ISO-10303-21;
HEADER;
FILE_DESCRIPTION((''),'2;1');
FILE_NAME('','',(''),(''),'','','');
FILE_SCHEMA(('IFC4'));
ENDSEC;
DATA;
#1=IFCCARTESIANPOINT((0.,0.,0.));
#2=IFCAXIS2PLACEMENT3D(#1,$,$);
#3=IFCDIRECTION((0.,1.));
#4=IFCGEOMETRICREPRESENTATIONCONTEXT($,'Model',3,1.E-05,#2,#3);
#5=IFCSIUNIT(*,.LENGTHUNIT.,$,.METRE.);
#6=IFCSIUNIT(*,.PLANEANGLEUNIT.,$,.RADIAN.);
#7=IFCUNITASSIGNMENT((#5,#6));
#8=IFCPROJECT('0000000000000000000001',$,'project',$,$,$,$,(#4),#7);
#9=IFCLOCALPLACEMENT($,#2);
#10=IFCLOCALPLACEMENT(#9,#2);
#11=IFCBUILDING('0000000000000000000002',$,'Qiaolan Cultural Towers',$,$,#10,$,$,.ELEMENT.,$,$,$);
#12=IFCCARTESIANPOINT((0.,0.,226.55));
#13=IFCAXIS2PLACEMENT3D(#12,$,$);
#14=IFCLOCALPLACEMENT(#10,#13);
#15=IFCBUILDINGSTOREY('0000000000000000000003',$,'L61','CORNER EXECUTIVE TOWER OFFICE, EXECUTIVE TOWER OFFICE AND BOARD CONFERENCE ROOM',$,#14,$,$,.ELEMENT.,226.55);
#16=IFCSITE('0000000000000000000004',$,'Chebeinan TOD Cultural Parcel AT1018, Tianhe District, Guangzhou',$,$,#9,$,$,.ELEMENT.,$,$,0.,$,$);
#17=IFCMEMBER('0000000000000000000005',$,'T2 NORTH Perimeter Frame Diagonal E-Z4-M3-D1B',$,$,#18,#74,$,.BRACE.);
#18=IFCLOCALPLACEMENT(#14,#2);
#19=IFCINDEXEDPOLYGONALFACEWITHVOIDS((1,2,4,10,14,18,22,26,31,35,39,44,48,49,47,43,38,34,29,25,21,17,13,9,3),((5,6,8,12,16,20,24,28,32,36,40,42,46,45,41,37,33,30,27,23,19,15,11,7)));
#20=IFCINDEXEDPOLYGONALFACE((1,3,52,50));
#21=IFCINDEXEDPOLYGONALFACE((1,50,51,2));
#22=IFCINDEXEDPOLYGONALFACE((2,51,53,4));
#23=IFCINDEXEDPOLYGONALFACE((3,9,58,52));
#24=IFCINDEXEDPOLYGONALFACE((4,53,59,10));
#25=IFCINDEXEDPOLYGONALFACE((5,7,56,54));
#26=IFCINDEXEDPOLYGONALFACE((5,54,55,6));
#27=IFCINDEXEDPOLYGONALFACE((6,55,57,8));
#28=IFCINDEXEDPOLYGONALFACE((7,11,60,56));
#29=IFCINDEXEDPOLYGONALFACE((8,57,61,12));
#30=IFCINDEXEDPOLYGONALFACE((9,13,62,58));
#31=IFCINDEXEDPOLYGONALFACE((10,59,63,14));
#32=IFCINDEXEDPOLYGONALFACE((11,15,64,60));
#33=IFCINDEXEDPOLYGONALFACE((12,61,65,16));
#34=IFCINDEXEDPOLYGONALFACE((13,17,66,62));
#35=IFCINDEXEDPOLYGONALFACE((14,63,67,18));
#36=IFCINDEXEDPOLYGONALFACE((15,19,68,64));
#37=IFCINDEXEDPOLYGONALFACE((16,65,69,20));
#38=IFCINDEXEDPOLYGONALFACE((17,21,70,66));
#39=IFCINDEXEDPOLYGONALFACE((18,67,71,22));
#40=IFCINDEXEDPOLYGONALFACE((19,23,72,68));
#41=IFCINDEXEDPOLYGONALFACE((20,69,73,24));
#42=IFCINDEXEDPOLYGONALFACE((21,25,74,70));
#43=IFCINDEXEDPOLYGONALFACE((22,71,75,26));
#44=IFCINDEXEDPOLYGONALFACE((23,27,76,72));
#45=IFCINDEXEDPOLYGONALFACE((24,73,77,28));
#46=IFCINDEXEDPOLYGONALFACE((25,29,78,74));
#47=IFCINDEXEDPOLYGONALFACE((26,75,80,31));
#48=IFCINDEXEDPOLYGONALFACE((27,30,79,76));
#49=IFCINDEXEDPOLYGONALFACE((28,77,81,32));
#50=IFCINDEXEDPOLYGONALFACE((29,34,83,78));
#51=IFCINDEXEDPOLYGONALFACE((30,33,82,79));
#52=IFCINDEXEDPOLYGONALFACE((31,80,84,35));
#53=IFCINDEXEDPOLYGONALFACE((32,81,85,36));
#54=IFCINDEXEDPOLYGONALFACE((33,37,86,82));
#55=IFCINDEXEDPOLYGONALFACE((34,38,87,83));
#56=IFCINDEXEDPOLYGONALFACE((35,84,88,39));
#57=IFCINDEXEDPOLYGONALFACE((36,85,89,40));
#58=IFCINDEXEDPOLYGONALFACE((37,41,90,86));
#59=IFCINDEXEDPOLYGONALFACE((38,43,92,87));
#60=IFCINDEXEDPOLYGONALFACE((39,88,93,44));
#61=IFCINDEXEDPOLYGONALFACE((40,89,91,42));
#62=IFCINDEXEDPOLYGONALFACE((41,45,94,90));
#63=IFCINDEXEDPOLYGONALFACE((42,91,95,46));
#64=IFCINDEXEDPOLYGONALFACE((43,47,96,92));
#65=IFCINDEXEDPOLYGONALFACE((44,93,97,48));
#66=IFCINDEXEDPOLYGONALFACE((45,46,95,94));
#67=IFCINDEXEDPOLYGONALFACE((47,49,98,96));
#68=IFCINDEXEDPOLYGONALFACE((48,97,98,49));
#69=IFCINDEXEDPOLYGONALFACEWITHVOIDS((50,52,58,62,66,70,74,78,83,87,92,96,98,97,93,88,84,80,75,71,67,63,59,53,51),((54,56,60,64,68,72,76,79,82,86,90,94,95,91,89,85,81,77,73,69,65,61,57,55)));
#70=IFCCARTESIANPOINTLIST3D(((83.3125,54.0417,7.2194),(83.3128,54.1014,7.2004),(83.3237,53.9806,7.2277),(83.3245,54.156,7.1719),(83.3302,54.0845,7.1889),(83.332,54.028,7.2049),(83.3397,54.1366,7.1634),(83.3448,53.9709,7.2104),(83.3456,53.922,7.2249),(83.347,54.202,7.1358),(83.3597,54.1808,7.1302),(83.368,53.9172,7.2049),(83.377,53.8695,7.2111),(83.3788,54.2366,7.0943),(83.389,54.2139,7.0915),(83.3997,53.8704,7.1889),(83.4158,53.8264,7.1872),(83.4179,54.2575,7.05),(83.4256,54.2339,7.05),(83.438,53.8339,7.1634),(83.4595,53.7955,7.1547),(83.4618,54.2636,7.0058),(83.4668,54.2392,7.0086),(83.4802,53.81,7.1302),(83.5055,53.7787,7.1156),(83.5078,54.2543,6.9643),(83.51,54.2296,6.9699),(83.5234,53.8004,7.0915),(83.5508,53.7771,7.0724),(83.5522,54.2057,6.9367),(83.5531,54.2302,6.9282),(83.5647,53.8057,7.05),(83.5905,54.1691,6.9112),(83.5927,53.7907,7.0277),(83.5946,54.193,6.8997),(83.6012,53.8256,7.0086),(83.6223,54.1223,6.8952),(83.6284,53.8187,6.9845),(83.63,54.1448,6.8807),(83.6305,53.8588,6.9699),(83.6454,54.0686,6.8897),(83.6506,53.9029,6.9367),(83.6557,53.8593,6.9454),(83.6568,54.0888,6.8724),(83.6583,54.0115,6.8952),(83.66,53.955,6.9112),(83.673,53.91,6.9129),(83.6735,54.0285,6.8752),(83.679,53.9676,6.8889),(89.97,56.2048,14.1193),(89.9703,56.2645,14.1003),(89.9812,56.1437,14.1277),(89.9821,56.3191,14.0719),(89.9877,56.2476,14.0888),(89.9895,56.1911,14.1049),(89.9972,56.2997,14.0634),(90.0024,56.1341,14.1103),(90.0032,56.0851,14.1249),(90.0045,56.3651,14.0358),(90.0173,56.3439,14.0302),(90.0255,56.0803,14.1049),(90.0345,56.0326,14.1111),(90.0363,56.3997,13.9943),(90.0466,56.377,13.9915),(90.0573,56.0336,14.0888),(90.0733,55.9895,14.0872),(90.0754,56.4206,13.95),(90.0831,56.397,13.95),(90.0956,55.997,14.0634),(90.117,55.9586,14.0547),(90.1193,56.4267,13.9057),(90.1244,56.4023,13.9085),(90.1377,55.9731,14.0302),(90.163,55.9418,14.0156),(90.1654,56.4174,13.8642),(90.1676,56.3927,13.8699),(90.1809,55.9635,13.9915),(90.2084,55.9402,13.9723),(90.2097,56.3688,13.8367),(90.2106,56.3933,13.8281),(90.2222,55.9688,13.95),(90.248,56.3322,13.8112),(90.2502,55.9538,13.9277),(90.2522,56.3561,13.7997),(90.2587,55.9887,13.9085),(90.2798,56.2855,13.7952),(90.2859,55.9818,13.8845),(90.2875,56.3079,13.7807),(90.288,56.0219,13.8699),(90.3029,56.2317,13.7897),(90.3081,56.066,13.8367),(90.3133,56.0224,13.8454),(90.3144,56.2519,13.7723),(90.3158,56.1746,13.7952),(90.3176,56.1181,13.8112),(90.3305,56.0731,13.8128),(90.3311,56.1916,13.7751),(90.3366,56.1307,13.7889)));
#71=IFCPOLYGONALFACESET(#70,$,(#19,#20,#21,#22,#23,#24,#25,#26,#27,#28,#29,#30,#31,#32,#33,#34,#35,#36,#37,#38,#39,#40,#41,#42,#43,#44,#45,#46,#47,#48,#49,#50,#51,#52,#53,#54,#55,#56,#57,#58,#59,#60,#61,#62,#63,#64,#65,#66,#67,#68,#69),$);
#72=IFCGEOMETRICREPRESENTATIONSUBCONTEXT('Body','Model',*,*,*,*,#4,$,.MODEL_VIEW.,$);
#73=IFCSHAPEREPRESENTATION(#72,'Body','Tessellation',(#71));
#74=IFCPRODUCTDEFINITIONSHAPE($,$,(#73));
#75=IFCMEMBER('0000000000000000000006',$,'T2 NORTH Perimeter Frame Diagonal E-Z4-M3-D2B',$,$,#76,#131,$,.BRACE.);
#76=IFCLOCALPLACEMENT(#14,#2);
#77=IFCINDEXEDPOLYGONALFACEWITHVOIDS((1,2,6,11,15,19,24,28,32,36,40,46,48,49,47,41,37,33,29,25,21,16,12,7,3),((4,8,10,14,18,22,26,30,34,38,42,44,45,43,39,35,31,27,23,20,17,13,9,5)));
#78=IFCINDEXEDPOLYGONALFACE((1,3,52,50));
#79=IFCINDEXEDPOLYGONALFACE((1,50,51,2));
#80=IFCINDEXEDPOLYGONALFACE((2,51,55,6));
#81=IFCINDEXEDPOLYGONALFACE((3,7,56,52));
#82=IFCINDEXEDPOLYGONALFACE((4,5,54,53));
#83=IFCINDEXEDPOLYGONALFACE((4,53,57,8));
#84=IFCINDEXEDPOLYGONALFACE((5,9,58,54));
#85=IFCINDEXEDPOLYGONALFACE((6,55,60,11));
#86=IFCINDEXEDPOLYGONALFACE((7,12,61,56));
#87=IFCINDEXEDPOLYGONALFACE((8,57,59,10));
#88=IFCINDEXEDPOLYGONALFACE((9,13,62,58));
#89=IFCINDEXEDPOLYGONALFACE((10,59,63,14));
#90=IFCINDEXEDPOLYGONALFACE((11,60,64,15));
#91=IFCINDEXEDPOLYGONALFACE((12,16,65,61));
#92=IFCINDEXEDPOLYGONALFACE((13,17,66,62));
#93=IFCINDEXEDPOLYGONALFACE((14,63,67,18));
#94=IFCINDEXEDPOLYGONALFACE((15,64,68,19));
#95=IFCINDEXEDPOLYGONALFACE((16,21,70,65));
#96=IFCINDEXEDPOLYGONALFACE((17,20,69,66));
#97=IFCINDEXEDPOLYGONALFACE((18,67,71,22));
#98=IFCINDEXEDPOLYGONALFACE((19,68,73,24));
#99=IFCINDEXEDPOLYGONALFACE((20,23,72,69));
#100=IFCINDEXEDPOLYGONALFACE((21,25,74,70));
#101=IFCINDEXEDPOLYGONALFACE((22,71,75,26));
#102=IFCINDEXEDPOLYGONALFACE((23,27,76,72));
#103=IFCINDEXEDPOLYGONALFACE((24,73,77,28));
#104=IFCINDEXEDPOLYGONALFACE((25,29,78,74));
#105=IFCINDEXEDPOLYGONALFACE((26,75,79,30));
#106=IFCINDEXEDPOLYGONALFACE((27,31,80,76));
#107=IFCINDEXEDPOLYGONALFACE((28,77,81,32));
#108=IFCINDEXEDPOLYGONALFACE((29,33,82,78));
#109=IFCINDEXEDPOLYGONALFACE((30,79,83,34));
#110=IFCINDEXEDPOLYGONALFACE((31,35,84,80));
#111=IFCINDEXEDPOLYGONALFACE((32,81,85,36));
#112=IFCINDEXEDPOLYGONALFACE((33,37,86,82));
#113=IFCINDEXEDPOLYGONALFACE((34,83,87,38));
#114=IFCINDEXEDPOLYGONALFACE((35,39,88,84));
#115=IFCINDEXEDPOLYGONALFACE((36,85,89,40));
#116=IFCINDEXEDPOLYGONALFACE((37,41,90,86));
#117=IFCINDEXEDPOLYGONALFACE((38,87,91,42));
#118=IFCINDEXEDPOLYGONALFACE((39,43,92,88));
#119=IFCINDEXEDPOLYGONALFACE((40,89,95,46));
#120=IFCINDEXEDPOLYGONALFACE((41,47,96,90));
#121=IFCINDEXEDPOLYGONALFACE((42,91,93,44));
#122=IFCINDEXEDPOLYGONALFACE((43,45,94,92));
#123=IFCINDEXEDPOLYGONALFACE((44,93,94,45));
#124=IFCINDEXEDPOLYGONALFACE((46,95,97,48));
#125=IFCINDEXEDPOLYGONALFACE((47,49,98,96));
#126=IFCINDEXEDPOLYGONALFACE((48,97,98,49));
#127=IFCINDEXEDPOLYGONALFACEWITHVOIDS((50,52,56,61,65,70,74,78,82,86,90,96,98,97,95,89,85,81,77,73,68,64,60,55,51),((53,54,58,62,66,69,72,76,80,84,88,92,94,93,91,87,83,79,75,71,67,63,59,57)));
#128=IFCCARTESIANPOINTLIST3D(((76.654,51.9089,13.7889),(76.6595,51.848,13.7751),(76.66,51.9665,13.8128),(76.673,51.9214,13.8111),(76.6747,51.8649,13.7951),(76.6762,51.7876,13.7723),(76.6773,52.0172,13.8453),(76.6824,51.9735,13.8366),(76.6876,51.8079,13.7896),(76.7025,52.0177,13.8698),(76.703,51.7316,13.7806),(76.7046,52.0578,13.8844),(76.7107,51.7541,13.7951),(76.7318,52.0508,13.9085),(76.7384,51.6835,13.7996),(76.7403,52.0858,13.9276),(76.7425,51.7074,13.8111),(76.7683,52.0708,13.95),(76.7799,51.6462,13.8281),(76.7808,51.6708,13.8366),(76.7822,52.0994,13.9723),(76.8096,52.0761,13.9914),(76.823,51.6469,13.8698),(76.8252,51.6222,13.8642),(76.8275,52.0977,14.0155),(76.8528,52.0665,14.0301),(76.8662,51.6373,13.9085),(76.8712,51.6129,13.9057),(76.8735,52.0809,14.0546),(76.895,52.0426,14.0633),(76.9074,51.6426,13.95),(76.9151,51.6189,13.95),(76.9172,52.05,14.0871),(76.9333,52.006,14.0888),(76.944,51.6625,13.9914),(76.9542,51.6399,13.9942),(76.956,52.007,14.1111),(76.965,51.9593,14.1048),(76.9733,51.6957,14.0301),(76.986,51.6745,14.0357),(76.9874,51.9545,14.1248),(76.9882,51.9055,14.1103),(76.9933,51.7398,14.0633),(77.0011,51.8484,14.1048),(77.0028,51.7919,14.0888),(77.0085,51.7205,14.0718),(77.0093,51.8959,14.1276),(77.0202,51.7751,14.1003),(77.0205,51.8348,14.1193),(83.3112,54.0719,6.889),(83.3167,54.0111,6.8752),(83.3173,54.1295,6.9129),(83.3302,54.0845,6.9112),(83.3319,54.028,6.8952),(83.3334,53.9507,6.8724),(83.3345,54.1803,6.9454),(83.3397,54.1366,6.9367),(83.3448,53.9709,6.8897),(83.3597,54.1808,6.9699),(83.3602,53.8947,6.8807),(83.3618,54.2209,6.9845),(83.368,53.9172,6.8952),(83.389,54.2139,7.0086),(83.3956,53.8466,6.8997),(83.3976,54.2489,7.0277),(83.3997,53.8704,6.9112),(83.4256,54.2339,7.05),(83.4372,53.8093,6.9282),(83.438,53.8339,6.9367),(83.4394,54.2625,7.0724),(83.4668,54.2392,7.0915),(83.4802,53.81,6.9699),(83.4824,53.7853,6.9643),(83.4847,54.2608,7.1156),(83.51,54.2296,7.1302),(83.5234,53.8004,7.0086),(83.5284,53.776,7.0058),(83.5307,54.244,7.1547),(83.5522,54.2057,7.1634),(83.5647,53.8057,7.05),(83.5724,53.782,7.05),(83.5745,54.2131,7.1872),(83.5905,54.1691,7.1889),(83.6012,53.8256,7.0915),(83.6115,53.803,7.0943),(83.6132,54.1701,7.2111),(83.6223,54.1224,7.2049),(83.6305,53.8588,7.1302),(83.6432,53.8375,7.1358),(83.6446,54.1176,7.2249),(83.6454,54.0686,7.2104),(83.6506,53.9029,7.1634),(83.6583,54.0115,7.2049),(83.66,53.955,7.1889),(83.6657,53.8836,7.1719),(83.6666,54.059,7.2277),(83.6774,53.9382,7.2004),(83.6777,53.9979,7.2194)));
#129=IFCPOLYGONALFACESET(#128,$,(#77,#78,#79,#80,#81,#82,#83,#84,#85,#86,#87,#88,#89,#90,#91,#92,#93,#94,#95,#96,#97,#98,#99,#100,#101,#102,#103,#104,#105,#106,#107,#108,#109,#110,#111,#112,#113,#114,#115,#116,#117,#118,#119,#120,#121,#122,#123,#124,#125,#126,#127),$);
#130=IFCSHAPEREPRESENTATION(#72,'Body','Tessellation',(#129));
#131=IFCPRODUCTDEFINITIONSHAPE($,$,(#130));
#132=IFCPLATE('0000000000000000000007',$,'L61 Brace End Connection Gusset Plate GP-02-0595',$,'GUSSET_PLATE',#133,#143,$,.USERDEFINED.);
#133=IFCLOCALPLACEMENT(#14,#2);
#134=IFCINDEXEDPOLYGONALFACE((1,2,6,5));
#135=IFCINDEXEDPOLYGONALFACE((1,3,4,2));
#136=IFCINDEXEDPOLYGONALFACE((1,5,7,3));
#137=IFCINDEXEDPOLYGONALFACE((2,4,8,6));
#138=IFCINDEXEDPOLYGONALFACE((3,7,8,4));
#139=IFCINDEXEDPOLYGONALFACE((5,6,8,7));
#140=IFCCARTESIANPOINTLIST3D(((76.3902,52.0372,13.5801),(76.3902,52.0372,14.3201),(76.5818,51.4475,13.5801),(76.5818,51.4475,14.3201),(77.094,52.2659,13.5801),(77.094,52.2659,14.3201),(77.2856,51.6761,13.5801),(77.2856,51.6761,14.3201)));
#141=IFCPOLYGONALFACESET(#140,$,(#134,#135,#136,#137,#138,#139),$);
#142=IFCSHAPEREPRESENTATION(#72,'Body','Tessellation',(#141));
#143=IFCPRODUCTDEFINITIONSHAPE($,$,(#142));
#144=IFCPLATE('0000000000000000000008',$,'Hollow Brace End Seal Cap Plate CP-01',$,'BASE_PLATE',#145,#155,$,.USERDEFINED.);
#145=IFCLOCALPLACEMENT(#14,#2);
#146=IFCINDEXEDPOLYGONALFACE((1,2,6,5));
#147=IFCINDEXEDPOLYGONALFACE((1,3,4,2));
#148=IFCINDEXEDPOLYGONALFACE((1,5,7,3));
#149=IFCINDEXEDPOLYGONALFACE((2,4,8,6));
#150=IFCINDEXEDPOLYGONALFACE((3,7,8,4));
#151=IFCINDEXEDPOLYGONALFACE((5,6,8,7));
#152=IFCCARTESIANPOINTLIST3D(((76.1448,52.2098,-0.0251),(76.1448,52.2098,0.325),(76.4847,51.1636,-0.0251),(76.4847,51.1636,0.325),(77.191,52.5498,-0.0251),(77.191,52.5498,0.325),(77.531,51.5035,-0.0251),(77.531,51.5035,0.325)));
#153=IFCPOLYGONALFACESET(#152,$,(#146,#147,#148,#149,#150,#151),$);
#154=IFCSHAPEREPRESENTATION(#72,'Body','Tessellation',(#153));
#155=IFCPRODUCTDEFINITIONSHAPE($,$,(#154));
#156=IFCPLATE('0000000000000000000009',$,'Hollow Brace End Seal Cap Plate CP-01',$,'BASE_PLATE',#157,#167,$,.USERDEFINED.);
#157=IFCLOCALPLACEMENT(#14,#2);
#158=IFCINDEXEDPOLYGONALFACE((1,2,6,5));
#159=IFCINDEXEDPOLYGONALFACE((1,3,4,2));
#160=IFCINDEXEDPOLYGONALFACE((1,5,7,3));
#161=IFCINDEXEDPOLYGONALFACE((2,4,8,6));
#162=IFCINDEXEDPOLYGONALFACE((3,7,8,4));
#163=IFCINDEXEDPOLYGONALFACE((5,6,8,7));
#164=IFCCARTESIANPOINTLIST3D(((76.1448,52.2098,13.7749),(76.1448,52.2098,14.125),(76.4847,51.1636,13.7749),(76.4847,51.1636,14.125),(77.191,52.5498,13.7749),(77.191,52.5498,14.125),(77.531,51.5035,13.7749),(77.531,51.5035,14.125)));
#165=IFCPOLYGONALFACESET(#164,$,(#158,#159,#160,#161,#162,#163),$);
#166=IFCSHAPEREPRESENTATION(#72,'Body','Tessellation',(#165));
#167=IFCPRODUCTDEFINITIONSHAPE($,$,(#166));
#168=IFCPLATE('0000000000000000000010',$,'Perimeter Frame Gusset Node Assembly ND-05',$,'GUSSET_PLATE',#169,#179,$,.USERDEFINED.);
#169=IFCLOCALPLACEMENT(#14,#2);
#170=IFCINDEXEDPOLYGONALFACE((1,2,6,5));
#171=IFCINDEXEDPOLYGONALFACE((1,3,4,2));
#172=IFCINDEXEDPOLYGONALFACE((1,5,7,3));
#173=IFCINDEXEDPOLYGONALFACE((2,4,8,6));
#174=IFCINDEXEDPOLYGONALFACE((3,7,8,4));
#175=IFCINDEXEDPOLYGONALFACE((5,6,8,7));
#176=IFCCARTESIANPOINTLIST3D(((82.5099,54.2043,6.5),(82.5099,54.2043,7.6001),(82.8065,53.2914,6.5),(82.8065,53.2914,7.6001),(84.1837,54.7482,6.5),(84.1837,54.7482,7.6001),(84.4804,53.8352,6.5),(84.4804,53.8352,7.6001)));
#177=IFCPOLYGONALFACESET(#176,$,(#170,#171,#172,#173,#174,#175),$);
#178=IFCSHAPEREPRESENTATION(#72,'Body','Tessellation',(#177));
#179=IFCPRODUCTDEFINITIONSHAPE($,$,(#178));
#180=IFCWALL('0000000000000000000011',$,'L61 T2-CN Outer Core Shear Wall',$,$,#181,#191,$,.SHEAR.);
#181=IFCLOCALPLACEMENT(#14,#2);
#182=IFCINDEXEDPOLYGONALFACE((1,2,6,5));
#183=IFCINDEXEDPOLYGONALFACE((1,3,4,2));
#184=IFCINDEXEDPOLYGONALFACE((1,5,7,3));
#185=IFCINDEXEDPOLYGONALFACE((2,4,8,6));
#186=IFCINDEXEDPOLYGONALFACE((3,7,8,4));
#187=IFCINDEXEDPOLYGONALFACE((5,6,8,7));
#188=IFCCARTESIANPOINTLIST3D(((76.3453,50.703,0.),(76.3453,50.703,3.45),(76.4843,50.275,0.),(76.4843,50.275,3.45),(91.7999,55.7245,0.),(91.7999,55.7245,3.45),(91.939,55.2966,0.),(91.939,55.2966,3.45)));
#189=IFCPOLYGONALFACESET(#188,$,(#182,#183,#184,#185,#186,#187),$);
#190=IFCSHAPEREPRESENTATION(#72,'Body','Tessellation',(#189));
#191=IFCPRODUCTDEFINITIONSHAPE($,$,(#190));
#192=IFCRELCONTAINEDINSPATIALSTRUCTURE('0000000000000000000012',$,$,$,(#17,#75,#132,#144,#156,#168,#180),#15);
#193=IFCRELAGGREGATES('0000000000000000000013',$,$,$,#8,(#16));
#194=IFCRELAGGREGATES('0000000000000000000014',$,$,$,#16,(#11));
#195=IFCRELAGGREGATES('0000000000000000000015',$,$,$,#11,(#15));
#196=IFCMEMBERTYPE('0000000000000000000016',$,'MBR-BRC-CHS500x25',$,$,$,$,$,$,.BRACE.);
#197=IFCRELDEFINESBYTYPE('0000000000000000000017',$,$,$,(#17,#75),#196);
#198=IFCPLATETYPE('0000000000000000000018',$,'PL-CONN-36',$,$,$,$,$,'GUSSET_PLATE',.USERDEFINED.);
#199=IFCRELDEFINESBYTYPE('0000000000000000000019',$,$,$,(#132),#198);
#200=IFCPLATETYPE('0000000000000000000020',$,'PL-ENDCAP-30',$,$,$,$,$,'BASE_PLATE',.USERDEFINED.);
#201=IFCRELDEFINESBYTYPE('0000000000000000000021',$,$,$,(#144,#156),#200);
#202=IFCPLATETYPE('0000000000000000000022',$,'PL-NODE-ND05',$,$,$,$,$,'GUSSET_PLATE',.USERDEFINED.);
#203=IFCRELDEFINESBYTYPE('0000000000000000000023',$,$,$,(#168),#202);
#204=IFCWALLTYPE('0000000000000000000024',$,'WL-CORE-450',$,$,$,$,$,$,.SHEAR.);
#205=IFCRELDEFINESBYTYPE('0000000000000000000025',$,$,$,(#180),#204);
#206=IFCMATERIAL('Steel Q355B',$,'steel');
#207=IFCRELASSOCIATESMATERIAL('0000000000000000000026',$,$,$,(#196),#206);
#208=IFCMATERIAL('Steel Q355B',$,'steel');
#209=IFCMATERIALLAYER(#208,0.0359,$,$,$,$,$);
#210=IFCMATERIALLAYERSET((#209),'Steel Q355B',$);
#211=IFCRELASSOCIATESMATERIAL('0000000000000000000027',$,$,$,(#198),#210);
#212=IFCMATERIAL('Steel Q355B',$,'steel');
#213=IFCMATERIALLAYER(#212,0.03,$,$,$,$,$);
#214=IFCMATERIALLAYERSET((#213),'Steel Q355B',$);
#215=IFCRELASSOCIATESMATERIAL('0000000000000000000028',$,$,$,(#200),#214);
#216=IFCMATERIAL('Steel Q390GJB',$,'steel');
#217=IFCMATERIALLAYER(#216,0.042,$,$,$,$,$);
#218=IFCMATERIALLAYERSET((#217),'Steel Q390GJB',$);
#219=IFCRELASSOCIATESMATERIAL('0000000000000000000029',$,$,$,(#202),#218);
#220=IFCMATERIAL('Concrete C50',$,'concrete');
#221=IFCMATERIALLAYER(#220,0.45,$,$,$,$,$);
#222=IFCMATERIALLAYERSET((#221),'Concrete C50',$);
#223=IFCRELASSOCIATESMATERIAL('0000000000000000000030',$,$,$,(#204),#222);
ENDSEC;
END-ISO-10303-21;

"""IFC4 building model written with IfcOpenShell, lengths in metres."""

from ifc_helpers import new_model, si_unit, direction, frame, frame_2d, origin, origin_2d, place, context, subcontext, project, spatial, rectangle, hollow_circle, extrude, material, layer, layer_set, material_profile, profile_set, type_object, element, save


model = new_model("IFC4")

# Units and contexts
model_context = context("Model", 3, precision=1e-05, world=origin(), true_north=direction((0.0, 1.0)))
body_context = subcontext(model_context, "Body", "Model", "MODEL_VIEW")
ifc_project = project(units=[si_unit("LENGTHUNIT", "METRE"), si_unit("PLANEANGLEUNIT", "RADIAN")], contexts=[model_context])

# Site, building, storey
site_placement = place(None, origin())
site = spatial("IfcSite", under=ifc_project, at=site_placement, Name="Chebeinan TOD Cultural Parcel AT1018, Tianhe District, Guangzhou", CompositionType="ELEMENT", RefElevation=0.0)
building_placement = place(site_placement, origin())
building = spatial("IfcBuilding", under=site, at=building_placement, Name="Qiaolan Cultural Towers", CompositionType="ELEMENT")
storey_placement = place(building_placement, frame((0.0, 0.0, 226.55)))
storey = spatial("IfcBuildingStorey", under=building, at=storey_placement, Name="L61", Description="CORNER EXECUTIVE TOWER OFFICE, EXECUTIVE TOWER OFFICE AND BOARD CONFERENCE ROOM", CompositionType="ELEMENT", Elevation=226.55)

# Members
ifc_material_1 = material(Name="Steel Q355B", Category="steel")
ifc_material_profile_1 = material_profile(ifc_material_1, hollow_circle(Radius=0.25, WallThickness=0.0249, at=origin_2d()), Name="CHS500x25")
ifc_profile_set_1 = profile_set([ifc_material_profile_1], Name="Steel Q355B")
member_type = type_object("IfcMemberType", Name="MBR-BRC-CHS500x25", PredefinedType="BRACE", material=ifc_profile_set_1)
for number, where, z_axis, x_axis, name in (
    (1, (83.4951, 54.0198, 7.05), (0.677328, 0.220072, 0.701993), (-0.30901, 0.951059, 0.0), "T2 NORTH Perimeter Frame Diagonal E-Z4-M3-D1B"),
):
    element("IfcMember", number, at=place(storey_placement, frame(where, z_axis=z_axis, x_axis=x_axis)), inside=storey, type_object=member_type, Name=name, PredefinedType="BRACE", context=body_context, shape_type="SweptSolid", body=[
        extrude(hollow_circle(Radius=0.25, WallThickness=0.0249, at=origin_2d()), origin(), (0.0, 0.0, 1.0), 9.8291),
    ])
member_placement = place(storey_placement, frame((83.4951, 54.0198, 7.05), z_axis=(-0.677315, -0.220075, 0.702005), x_axis=(0.30902, -0.951056, 0.0)))
element("IfcMember", 2, at=member_placement, inside=storey, type_object=member_type, Name="T2 NORTH Perimeter Frame Diagonal E-Z4-M3-D2B", PredefinedType="BRACE", context=body_context, shape_type="SweptSolid", body=[
    extrude(hollow_circle(Radius=0.25, WallThickness=0.0249, at=origin_2d()), origin(), (0.0, 0.0, 1.0), 9.8289),
])

# Plates
ifc_material_2 = material(Name="Steel Q355B", Category="steel")
ifc_layer_1 = layer(ifc_material_2, 0.0359)
ifc_layer_set_1 = layer_set([ifc_layer_1], Name="Steel Q355B")
plate_type_1 = type_object("IfcPlateType", Name="PL-CONN-36", ElementType="GUSSET_PLATE", PredefinedType="USERDEFINED", material=ifc_layer_set_1)
plate_1_placement = place(storey_placement, frame((76.8379, 51.8567, 13.5801), z_axis=(0.0, 0.0, 1.0), x_axis=(0.951057, 0.309017, 0.0)))
element("IfcPlate", 3, at=plate_1_placement, inside=storey, type_object=plate_type_1, Name="L61 Brace End Connection Gusset Plate GP-02-0595", ObjectType="GUSSET_PLATE", PredefinedType="USERDEFINED", context=body_context, shape_type="SweptSolid", body=[
    extrude(rectangle(XDim=0.74, YDim=0.6201, at=origin_2d()), origin(), (0.0, 0.0, 1.0), 0.74),
])
ifc_material_3 = material(Name="Steel Q355B", Category="steel")
ifc_layer_2 = layer(ifc_material_3, 0.03)
ifc_layer_set_2 = layer_set([ifc_layer_2], Name="Steel Q355B")
plate_type_2 = type_object("IfcPlateType", Name="PL-ENDCAP-30", ElementType="BASE_PLATE", PredefinedType="USERDEFINED", material=ifc_layer_set_2)
for number, where, z_axis, x_axis, name in (
    (4, (76.8379, 51.8567, -0.0251), (0.0, 0.0, 1.0), (0.951057, 0.309017, 0.0), "Hollow Brace End Seal Cap Plate CP-01"),
    (5, (76.8379, 51.8567, 13.7749), (0.0, 0.0, 1.0), (0.951057, 0.309017, 0.0), "Hollow Brace End Seal Cap Plate CP-01"),
):
    element("IfcPlate", number, at=place(storey_placement, frame(where, z_axis=z_axis, x_axis=x_axis)), inside=storey, type_object=plate_type_2, Name=name, ObjectType="BASE_PLATE", PredefinedType="USERDEFINED", context=body_context, shape_type="SweptSolid", body=[
        extrude(rectangle(XDim=1.1001, YDim=1.1001, at=origin_2d()), origin(), (0.0, 0.0, 1.0), 0.3501),
    ])
ifc_material_4 = material(Name="Steel Q390GJB", Category="steel")
ifc_layer_3 = layer(ifc_material_4, 0.042)
ifc_layer_set_3 = layer_set([ifc_layer_3], Name="Steel Q390GJB")
plate_type_3 = type_object("IfcPlateType", Name="PL-NODE-ND05", ElementType="GUSSET_PLATE", PredefinedType="USERDEFINED", material=ifc_layer_set_3)
plate_2_placement = place(storey_placement, frame((83.4951, 54.0198, 6.5), z_axis=(0.0, 0.0, 1.0), x_axis=(0.951057, 0.309017, 0.0)))
element("IfcPlate", 6, at=plate_2_placement, inside=storey, type_object=plate_type_3, Name="Perimeter Frame Gusset Node Assembly ND-05", ObjectType="GUSSET_PLATE", PredefinedType="USERDEFINED", context=body_context, shape_type="SweptSolid", body=[
    extrude(rectangle(XDim=1.76, YDim=0.96, at=origin_2d()), origin(), (0.0, 0.0, 1.0), 1.1001),
])

# Wall
ifc_material_5 = material(Name="Concrete C50", Category="concrete")
ifc_layer_4 = layer(ifc_material_5, 0.45)
ifc_layer_set_4 = layer_set([ifc_layer_4], Name="Concrete C50")
wall_type_1 = type_object("IfcWallType", Name="WL-CORE-450", PredefinedType="SHEAR", material=ifc_layer_set_4)
wall_1_placement = place(storey_placement, frame((76.4148, 50.489, 0.0), z_axis=(0.0, 0.0, 1.0), x_axis=(0.951057, 0.309016, 0.0)))
element("IfcWall", 7, at=wall_1_placement, inside=storey, type_object=wall_type_1, Name="L61 T2-CN Outer Core Shear Wall", PredefinedType="SHEAR", context=body_context, shape_type="SweptSolid", body=[
    extrude(rectangle(XDim=16.25, YDim=0.45, at=frame_2d((8.125, 0.0))), origin(), (0.0, 0.0, 1.0), 3.45),
])

save(model, "model.ifc")
